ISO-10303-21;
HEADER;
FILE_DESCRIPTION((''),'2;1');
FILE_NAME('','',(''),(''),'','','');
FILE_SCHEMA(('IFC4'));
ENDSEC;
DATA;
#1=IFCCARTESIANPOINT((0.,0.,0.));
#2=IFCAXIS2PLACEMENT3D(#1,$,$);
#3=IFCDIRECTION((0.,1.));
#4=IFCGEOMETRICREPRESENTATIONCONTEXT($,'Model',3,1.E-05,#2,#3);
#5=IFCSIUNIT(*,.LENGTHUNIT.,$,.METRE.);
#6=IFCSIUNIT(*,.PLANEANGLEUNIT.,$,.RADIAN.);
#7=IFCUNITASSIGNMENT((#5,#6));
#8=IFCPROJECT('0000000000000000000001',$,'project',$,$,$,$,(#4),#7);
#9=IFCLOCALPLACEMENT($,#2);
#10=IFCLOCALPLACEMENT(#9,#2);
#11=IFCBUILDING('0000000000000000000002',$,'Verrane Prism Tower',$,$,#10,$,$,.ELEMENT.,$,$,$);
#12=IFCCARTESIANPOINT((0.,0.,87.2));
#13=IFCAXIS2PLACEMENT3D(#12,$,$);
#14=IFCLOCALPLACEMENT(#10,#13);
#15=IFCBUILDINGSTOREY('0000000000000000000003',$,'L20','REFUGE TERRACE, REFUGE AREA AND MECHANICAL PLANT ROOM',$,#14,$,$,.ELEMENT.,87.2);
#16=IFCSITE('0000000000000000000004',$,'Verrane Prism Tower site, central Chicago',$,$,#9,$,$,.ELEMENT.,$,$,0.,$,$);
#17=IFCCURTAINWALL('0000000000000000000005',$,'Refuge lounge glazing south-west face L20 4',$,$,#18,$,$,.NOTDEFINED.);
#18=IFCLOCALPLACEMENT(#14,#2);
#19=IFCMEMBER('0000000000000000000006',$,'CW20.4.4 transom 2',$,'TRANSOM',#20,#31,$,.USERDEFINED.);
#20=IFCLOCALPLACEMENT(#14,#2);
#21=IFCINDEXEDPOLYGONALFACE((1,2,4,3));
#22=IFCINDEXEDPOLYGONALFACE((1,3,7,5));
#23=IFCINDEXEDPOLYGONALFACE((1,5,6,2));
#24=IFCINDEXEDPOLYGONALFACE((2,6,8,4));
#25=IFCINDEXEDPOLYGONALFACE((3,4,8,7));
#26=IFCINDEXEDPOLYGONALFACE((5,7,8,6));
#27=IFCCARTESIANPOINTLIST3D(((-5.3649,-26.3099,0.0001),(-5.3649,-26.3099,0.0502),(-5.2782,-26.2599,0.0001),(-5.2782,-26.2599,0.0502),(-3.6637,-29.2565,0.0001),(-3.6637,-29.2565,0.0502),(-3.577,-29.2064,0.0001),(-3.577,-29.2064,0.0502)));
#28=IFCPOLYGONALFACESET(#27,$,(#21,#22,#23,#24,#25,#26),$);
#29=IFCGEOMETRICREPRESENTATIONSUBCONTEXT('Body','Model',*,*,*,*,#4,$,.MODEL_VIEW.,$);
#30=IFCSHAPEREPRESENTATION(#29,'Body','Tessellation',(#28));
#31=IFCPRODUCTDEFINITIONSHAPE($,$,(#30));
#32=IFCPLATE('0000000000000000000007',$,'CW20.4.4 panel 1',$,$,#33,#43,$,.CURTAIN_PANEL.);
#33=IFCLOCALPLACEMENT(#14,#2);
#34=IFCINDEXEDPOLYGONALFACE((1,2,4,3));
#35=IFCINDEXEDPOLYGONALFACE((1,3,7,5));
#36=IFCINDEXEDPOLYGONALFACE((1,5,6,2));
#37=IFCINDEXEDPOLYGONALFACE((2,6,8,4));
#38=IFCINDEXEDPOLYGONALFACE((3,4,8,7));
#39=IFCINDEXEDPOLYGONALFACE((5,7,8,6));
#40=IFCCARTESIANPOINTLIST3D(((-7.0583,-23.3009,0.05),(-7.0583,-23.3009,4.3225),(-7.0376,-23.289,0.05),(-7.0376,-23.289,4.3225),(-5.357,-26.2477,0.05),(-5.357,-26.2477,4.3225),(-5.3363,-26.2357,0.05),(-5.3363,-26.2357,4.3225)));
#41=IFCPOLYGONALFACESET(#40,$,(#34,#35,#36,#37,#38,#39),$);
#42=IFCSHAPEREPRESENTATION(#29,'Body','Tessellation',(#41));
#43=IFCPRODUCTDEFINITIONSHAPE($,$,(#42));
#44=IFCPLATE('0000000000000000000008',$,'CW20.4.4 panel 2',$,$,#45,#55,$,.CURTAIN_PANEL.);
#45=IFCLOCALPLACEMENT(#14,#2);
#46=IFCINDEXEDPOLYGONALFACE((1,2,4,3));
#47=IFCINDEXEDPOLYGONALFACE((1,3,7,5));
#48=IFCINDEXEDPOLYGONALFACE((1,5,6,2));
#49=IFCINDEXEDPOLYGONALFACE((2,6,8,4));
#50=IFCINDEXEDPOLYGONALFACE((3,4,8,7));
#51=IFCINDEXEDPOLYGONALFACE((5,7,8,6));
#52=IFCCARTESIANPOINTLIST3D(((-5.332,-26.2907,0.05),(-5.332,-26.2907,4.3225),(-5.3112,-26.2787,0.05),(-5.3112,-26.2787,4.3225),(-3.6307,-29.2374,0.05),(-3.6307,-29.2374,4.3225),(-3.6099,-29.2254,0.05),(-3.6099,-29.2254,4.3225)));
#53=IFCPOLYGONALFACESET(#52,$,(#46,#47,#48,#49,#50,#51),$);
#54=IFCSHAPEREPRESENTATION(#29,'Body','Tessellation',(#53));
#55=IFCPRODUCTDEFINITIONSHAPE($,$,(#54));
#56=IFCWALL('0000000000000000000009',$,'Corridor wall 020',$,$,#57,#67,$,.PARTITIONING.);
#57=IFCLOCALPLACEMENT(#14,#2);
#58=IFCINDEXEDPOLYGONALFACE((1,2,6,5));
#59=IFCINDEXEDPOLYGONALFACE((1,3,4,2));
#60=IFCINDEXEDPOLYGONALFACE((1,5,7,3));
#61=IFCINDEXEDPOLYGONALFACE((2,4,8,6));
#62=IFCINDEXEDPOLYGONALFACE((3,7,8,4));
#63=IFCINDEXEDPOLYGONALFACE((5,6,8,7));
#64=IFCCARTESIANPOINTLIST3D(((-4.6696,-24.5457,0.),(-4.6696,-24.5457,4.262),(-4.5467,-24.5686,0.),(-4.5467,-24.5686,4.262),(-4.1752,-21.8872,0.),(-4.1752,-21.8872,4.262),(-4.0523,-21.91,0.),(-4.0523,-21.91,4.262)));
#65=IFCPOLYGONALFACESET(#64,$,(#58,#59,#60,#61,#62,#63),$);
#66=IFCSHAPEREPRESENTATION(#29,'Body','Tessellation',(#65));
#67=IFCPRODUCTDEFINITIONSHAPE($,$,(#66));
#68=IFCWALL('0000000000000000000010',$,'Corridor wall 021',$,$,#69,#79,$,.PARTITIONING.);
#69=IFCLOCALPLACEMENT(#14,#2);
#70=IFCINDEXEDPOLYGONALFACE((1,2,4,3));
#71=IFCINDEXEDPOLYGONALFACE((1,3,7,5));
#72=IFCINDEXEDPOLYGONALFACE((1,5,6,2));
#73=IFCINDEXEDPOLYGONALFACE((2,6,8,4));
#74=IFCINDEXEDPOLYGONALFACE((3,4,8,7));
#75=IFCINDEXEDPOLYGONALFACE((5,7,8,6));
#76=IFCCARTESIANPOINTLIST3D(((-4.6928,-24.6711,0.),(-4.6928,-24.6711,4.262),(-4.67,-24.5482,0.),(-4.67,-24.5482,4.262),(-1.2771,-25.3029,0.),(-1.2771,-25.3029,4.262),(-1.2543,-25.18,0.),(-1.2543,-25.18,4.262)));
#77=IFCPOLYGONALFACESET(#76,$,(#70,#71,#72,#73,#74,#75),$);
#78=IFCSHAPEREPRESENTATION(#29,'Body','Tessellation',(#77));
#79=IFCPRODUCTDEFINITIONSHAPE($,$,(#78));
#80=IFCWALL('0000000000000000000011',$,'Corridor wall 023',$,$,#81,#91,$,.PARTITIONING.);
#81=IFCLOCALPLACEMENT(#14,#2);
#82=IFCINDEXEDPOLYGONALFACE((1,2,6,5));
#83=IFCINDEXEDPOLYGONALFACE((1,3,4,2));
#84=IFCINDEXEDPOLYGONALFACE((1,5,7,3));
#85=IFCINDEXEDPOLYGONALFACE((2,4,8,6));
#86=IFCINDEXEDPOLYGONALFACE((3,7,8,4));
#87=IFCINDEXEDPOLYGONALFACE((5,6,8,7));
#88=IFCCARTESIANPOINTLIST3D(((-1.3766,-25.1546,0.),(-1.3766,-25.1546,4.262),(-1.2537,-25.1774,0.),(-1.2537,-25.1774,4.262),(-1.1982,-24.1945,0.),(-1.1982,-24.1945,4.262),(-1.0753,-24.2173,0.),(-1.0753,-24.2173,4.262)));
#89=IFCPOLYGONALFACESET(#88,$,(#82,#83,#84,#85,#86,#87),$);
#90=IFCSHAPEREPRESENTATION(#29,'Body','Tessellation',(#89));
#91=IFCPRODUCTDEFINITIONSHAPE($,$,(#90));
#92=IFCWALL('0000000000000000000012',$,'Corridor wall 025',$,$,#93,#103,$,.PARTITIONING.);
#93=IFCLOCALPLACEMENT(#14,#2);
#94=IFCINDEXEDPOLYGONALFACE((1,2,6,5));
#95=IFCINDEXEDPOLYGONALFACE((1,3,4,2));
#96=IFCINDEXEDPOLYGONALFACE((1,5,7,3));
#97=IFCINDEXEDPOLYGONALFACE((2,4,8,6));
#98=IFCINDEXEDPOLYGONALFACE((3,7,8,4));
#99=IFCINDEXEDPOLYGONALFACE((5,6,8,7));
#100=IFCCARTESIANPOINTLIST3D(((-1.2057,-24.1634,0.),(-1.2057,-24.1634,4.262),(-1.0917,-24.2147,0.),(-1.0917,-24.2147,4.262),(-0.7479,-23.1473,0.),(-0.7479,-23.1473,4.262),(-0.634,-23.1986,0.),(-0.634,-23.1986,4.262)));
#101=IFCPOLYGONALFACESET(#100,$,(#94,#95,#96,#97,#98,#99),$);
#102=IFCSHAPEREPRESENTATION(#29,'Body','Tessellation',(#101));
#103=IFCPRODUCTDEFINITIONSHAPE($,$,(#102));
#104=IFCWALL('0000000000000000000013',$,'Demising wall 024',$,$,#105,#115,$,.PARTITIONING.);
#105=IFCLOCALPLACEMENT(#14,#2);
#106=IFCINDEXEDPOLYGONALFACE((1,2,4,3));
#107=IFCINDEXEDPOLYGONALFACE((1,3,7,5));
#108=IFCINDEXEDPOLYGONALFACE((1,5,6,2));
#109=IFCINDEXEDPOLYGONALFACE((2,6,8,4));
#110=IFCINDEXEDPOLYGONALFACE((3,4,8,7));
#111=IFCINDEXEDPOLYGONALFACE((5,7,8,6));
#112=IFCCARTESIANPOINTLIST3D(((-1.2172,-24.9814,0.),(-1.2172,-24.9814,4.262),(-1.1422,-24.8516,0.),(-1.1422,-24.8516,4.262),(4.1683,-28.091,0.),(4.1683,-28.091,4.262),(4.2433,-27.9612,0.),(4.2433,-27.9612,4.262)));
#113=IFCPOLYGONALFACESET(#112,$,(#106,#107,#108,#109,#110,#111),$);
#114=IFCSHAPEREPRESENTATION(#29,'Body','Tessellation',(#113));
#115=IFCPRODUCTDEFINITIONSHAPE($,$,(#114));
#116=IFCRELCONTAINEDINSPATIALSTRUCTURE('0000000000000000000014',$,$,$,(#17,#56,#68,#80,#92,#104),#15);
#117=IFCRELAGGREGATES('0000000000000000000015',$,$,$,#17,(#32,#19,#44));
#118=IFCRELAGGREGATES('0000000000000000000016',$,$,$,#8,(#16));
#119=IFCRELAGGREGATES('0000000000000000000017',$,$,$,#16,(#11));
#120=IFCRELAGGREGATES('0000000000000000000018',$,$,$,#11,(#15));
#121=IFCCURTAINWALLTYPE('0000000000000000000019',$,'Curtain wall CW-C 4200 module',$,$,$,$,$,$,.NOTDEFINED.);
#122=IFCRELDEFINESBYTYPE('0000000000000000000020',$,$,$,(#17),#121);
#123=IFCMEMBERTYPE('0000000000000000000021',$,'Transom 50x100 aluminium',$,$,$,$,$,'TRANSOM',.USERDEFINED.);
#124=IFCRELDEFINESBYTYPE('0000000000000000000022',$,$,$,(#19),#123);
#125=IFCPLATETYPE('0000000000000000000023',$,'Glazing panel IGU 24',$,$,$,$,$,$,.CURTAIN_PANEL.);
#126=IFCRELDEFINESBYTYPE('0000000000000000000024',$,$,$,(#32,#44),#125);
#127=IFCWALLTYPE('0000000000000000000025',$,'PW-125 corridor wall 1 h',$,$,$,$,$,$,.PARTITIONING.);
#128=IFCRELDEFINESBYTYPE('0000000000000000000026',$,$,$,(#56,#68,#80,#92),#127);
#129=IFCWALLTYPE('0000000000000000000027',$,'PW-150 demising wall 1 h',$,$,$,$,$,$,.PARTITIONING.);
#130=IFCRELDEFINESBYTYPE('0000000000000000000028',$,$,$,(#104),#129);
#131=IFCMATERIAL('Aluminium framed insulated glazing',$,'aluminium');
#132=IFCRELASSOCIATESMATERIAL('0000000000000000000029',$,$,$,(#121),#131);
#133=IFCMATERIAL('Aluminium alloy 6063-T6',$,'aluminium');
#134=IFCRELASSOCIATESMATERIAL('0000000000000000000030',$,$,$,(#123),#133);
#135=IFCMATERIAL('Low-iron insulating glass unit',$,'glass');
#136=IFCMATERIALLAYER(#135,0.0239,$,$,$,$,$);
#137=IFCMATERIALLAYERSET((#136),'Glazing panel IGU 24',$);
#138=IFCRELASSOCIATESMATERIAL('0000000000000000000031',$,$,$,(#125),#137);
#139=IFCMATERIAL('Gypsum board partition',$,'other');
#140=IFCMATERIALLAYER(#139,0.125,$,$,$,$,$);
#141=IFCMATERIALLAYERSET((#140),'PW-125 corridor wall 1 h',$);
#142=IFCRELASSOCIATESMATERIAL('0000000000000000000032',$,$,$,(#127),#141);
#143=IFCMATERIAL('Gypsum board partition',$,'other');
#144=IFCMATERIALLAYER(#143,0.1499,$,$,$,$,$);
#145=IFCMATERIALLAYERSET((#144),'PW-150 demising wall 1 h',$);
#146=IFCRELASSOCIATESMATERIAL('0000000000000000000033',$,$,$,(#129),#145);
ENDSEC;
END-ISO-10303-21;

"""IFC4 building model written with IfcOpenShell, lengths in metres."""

from ifc_helpers import new_model, si_unit, direction, frame, frame_2d, origin, origin_2d, place, context, subcontext, project, spatial, rectangle, extrude, material, layer, layer_set, material_profile, profile_set, type_object, element, aggregate, save


model = new_model("IFC4")

# Units and contexts
model_context = context("Model", 3, precision=1e-05, world=origin(), true_north=direction((0.0, 1.0)))
body_context = subcontext(model_context, "Body", "Model", "MODEL_VIEW")
ifc_project = project(units=[si_unit("LENGTHUNIT", "METRE"), si_unit("PLANEANGLEUNIT", "RADIAN")], contexts=[model_context])

# Site, building, storey
site_placement = place(None, origin())
site = spatial("IfcSite", under=ifc_project, at=site_placement, Name="Verrane Prism Tower site, central Chicago", CompositionType="ELEMENT", RefElevation=0.0)
building_placement = place(site_placement, origin())
building = spatial("IfcBuilding", under=site, at=building_placement, Name="Verrane Prism Tower", CompositionType="ELEMENT")
storey_placement = place(building_placement, frame((0.0, 0.0, 87.2)))
storey = spatial("IfcBuildingStorey", under=building, at=storey_placement, Name="L20", Description="REFUGE TERRACE, REFUGE AREA AND MECHANICAL PLANT ROOM", CompositionType="ELEMENT", Elevation=87.2)

# Curtain wall
ifc_material_1 = material(Name="Aluminium framed insulated glazing", Category="aluminium")
curtain_wall_type = type_object("IfcCurtainWallType", Name="Curtain wall CW-C 4200 module", PredefinedType="NOTDEFINED", material=ifc_material_1)
curtain_wall_placement = place(storey_placement, origin())
curtain_wall = element("IfcCurtainWall", 1, at=curtain_wall_placement, inside=storey, type_object=curtain_wall_type, Name="Refuge lounge glazing south-west face L20 4", PredefinedType="NOTDEFINED")

# Member
ifc_material_2 = material(Name="Aluminium alloy 6063-T6", Category="aluminium")
ifc_material_profile_1 = material_profile(ifc_material_2, rectangle(XDim=0.1001, YDim=0.05, at=origin_2d()), Name="Transom 50x100 aluminium")
ifc_profile_set_1 = profile_set([ifc_material_profile_1], Name="Aluminium alloy 6063-T6")
member_type_1 = type_object("IfcMemberType", Name="Transom 50x100 aluminium", ElementType="TRANSOM", PredefinedType="USERDEFINED", material=ifc_profile_set_1)
member_1_placement = place(storey_placement, frame((-5.3215, -26.2849, 0.0251), z_axis=(0.499998, -0.866027, 0.0), x_axis=(0.866027, 0.499998, 0.0)))
member_1 = element("IfcMember", 2, at=member_1_placement, type_object=member_type_1, Name="CW20.4.4 transom 2", ObjectType="TRANSOM", PredefinedType="USERDEFINED", context=body_context, shape_type="SweptSolid", body=[
    extrude(rectangle(XDim=0.1001, YDim=0.05, at=origin_2d()), origin(), (0.0, 0.0, 1.0), 3.4023),
])

# Plates
ifc_material_3 = material(Name="Low-iron insulating glass unit", Category="glass")
ifc_layer_1 = layer(ifc_material_3, 0.0239)
ifc_layer_set_1 = layer_set([ifc_layer_1], Name="Glazing panel IGU 24")
plate_type = type_object("IfcPlateType", Name="Glazing panel IGU 24", PredefinedType="CURTAIN_PANEL", material=ifc_layer_set_1)
plate_1_placement = place(storey_placement, frame((-6.1973, -24.7683, 0.05), z_axis=(0.0, 0.0, 1.0), x_axis=(0.5, -0.866025, 0.0)))
plate_1 = element("IfcPlate", 3, at=plate_1_placement, type_object=plate_type, Name="CW20.4.4 panel 1", PredefinedType="CURTAIN_PANEL", context=body_context, shape_type="SweptSolid", body=[
    extrude(rectangle(XDim=3.4026, YDim=0.0239, at=origin_2d()), origin(), (0.0, 0.0, 1.0), 4.2725),
])
plate_2_placement = place(storey_placement, frame((-4.4709, -27.7581, 0.05), z_axis=(0.0, 0.0, 1.0), x_axis=(0.5, -0.866025, 0.0)))
plate_2 = element("IfcPlate", 4, at=plate_2_placement, type_object=plate_type, Name="CW20.4.4 panel 2", PredefinedType="CURTAIN_PANEL", context=body_context, shape_type="SweptSolid", body=[
    extrude(rectangle(XDim=3.4026, YDim=0.0239, at=origin_2d()), origin(), (0.0, 0.0, 1.0), 4.2725),
])
aggregate(curtain_wall, [plate_1, member_1, plate_2])

# Walls
ifc_material_4 = material(Name="Gypsum board partition", Category="other")
ifc_layer_2 = layer(ifc_material_4, 0.125)
ifc_layer_set_2 = layer_set([ifc_layer_2], Name="PW-125 corridor wall 1 h")
wall_type_1 = type_object("IfcWallType", Name="PW-125 corridor wall 1 h", PredefinedType="PARTITIONING", material=ifc_layer_set_2)
wall_1_placement = place(storey_placement, frame((-4.6082, -24.5571, 0.0), z_axis=(0.0, 0.0, 1.0), x_axis=(0.182833, 0.983144, 0.0)))
element("IfcWall", 5, at=wall_1_placement, inside=storey, type_object=wall_type_1, Name="Corridor wall 020", PredefinedType="PARTITIONING", context=body_context, shape_type="SweptSolid", body=[
    extrude(rectangle(XDim=2.7041, YDim=0.125, at=frame_2d((1.3521, 0.0))), origin(), (0.0, 0.0, 1.0), 4.262),
])
wall_2_placement = place(storey_placement, frame((-4.6814, -24.6096, 0.0), z_axis=(0.0, 0.0, 1.0), x_axis=(0.983319, -0.18189, 0.0)))
element("IfcWall", 6, at=wall_2_placement, inside=storey, type_object=wall_type_1, Name="Corridor wall 021", PredefinedType="PARTITIONING", context=body_context, shape_type="SweptSolid", body=[
    extrude(rectangle(XDim=3.4736, YDim=0.125, at=frame_2d((1.7368, 0.0))), origin(), (0.0, 0.0, 1.0), 4.262),
])
wall_3_placement = place(storey_placement, frame((-1.3152, -25.166, 0.0), z_axis=(0.0, 0.0, 1.0), x_axis=(0.182734, 0.983162, 0.0)))
element("IfcWall", 7, at=wall_3_placement, inside=storey, type_object=wall_type_1, Name="Corridor wall 023", PredefinedType="PARTITIONING", context=body_context, shape_type="SweptSolid", body=[
    extrude(rectangle(XDim=0.9766, YDim=0.125, at=frame_2d((0.4883, 0.0))), origin(), (0.0, 0.0, 1.0), 4.262),
])
wall_4_placement = place(storey_placement, frame((-1.1487, -24.189, 0.0), z_axis=(0.0, 0.0, 1.0), x_axis=(0.410747, 0.911749, 0.0)))
element("IfcWall", 8, at=wall_4_placement, inside=storey, type_object=wall_type_1, Name="Corridor wall 025", PredefinedType="PARTITIONING", context=body_context, shape_type="SweptSolid", body=[
    extrude(rectangle(XDim=1.1145, YDim=0.125, at=frame_2d((0.5571, 0.0))), origin(), (0.0, 0.0, 1.0), 4.262),
])
ifc_material_5 = material(Name="Gypsum board partition", Category="other")
ifc_layer_3 = layer(ifc_material_5, 0.1499)
ifc_layer_set_3 = layer_set([ifc_layer_3], Name="PW-150 demising wall 1 h")
wall_type_2 = type_object("IfcWallType", Name="PW-150 demising wall 1 h", PredefinedType="PARTITIONING", material=ifc_layer_set_3)
wall_5_placement = place(storey_placement, frame((-1.1797, -24.9165, 0.0), z_axis=(0.0, 0.0, 1.0), x_axis=(0.866004, -0.500036, 0.0)))
element("IfcWall", 9, at=wall_5_placement, inside=storey, type_object=wall_type_2, Name="Demising wall 024", PredefinedType="PARTITIONING", context=body_context, shape_type="SweptSolid", body=[
    extrude(rectangle(XDim=6.2188, YDim=0.1499, at=frame_2d((3.1094, 0.0))), origin(), (0.0, 0.0, 1.0), 4.262),
])

save(model, "model.ifc")
